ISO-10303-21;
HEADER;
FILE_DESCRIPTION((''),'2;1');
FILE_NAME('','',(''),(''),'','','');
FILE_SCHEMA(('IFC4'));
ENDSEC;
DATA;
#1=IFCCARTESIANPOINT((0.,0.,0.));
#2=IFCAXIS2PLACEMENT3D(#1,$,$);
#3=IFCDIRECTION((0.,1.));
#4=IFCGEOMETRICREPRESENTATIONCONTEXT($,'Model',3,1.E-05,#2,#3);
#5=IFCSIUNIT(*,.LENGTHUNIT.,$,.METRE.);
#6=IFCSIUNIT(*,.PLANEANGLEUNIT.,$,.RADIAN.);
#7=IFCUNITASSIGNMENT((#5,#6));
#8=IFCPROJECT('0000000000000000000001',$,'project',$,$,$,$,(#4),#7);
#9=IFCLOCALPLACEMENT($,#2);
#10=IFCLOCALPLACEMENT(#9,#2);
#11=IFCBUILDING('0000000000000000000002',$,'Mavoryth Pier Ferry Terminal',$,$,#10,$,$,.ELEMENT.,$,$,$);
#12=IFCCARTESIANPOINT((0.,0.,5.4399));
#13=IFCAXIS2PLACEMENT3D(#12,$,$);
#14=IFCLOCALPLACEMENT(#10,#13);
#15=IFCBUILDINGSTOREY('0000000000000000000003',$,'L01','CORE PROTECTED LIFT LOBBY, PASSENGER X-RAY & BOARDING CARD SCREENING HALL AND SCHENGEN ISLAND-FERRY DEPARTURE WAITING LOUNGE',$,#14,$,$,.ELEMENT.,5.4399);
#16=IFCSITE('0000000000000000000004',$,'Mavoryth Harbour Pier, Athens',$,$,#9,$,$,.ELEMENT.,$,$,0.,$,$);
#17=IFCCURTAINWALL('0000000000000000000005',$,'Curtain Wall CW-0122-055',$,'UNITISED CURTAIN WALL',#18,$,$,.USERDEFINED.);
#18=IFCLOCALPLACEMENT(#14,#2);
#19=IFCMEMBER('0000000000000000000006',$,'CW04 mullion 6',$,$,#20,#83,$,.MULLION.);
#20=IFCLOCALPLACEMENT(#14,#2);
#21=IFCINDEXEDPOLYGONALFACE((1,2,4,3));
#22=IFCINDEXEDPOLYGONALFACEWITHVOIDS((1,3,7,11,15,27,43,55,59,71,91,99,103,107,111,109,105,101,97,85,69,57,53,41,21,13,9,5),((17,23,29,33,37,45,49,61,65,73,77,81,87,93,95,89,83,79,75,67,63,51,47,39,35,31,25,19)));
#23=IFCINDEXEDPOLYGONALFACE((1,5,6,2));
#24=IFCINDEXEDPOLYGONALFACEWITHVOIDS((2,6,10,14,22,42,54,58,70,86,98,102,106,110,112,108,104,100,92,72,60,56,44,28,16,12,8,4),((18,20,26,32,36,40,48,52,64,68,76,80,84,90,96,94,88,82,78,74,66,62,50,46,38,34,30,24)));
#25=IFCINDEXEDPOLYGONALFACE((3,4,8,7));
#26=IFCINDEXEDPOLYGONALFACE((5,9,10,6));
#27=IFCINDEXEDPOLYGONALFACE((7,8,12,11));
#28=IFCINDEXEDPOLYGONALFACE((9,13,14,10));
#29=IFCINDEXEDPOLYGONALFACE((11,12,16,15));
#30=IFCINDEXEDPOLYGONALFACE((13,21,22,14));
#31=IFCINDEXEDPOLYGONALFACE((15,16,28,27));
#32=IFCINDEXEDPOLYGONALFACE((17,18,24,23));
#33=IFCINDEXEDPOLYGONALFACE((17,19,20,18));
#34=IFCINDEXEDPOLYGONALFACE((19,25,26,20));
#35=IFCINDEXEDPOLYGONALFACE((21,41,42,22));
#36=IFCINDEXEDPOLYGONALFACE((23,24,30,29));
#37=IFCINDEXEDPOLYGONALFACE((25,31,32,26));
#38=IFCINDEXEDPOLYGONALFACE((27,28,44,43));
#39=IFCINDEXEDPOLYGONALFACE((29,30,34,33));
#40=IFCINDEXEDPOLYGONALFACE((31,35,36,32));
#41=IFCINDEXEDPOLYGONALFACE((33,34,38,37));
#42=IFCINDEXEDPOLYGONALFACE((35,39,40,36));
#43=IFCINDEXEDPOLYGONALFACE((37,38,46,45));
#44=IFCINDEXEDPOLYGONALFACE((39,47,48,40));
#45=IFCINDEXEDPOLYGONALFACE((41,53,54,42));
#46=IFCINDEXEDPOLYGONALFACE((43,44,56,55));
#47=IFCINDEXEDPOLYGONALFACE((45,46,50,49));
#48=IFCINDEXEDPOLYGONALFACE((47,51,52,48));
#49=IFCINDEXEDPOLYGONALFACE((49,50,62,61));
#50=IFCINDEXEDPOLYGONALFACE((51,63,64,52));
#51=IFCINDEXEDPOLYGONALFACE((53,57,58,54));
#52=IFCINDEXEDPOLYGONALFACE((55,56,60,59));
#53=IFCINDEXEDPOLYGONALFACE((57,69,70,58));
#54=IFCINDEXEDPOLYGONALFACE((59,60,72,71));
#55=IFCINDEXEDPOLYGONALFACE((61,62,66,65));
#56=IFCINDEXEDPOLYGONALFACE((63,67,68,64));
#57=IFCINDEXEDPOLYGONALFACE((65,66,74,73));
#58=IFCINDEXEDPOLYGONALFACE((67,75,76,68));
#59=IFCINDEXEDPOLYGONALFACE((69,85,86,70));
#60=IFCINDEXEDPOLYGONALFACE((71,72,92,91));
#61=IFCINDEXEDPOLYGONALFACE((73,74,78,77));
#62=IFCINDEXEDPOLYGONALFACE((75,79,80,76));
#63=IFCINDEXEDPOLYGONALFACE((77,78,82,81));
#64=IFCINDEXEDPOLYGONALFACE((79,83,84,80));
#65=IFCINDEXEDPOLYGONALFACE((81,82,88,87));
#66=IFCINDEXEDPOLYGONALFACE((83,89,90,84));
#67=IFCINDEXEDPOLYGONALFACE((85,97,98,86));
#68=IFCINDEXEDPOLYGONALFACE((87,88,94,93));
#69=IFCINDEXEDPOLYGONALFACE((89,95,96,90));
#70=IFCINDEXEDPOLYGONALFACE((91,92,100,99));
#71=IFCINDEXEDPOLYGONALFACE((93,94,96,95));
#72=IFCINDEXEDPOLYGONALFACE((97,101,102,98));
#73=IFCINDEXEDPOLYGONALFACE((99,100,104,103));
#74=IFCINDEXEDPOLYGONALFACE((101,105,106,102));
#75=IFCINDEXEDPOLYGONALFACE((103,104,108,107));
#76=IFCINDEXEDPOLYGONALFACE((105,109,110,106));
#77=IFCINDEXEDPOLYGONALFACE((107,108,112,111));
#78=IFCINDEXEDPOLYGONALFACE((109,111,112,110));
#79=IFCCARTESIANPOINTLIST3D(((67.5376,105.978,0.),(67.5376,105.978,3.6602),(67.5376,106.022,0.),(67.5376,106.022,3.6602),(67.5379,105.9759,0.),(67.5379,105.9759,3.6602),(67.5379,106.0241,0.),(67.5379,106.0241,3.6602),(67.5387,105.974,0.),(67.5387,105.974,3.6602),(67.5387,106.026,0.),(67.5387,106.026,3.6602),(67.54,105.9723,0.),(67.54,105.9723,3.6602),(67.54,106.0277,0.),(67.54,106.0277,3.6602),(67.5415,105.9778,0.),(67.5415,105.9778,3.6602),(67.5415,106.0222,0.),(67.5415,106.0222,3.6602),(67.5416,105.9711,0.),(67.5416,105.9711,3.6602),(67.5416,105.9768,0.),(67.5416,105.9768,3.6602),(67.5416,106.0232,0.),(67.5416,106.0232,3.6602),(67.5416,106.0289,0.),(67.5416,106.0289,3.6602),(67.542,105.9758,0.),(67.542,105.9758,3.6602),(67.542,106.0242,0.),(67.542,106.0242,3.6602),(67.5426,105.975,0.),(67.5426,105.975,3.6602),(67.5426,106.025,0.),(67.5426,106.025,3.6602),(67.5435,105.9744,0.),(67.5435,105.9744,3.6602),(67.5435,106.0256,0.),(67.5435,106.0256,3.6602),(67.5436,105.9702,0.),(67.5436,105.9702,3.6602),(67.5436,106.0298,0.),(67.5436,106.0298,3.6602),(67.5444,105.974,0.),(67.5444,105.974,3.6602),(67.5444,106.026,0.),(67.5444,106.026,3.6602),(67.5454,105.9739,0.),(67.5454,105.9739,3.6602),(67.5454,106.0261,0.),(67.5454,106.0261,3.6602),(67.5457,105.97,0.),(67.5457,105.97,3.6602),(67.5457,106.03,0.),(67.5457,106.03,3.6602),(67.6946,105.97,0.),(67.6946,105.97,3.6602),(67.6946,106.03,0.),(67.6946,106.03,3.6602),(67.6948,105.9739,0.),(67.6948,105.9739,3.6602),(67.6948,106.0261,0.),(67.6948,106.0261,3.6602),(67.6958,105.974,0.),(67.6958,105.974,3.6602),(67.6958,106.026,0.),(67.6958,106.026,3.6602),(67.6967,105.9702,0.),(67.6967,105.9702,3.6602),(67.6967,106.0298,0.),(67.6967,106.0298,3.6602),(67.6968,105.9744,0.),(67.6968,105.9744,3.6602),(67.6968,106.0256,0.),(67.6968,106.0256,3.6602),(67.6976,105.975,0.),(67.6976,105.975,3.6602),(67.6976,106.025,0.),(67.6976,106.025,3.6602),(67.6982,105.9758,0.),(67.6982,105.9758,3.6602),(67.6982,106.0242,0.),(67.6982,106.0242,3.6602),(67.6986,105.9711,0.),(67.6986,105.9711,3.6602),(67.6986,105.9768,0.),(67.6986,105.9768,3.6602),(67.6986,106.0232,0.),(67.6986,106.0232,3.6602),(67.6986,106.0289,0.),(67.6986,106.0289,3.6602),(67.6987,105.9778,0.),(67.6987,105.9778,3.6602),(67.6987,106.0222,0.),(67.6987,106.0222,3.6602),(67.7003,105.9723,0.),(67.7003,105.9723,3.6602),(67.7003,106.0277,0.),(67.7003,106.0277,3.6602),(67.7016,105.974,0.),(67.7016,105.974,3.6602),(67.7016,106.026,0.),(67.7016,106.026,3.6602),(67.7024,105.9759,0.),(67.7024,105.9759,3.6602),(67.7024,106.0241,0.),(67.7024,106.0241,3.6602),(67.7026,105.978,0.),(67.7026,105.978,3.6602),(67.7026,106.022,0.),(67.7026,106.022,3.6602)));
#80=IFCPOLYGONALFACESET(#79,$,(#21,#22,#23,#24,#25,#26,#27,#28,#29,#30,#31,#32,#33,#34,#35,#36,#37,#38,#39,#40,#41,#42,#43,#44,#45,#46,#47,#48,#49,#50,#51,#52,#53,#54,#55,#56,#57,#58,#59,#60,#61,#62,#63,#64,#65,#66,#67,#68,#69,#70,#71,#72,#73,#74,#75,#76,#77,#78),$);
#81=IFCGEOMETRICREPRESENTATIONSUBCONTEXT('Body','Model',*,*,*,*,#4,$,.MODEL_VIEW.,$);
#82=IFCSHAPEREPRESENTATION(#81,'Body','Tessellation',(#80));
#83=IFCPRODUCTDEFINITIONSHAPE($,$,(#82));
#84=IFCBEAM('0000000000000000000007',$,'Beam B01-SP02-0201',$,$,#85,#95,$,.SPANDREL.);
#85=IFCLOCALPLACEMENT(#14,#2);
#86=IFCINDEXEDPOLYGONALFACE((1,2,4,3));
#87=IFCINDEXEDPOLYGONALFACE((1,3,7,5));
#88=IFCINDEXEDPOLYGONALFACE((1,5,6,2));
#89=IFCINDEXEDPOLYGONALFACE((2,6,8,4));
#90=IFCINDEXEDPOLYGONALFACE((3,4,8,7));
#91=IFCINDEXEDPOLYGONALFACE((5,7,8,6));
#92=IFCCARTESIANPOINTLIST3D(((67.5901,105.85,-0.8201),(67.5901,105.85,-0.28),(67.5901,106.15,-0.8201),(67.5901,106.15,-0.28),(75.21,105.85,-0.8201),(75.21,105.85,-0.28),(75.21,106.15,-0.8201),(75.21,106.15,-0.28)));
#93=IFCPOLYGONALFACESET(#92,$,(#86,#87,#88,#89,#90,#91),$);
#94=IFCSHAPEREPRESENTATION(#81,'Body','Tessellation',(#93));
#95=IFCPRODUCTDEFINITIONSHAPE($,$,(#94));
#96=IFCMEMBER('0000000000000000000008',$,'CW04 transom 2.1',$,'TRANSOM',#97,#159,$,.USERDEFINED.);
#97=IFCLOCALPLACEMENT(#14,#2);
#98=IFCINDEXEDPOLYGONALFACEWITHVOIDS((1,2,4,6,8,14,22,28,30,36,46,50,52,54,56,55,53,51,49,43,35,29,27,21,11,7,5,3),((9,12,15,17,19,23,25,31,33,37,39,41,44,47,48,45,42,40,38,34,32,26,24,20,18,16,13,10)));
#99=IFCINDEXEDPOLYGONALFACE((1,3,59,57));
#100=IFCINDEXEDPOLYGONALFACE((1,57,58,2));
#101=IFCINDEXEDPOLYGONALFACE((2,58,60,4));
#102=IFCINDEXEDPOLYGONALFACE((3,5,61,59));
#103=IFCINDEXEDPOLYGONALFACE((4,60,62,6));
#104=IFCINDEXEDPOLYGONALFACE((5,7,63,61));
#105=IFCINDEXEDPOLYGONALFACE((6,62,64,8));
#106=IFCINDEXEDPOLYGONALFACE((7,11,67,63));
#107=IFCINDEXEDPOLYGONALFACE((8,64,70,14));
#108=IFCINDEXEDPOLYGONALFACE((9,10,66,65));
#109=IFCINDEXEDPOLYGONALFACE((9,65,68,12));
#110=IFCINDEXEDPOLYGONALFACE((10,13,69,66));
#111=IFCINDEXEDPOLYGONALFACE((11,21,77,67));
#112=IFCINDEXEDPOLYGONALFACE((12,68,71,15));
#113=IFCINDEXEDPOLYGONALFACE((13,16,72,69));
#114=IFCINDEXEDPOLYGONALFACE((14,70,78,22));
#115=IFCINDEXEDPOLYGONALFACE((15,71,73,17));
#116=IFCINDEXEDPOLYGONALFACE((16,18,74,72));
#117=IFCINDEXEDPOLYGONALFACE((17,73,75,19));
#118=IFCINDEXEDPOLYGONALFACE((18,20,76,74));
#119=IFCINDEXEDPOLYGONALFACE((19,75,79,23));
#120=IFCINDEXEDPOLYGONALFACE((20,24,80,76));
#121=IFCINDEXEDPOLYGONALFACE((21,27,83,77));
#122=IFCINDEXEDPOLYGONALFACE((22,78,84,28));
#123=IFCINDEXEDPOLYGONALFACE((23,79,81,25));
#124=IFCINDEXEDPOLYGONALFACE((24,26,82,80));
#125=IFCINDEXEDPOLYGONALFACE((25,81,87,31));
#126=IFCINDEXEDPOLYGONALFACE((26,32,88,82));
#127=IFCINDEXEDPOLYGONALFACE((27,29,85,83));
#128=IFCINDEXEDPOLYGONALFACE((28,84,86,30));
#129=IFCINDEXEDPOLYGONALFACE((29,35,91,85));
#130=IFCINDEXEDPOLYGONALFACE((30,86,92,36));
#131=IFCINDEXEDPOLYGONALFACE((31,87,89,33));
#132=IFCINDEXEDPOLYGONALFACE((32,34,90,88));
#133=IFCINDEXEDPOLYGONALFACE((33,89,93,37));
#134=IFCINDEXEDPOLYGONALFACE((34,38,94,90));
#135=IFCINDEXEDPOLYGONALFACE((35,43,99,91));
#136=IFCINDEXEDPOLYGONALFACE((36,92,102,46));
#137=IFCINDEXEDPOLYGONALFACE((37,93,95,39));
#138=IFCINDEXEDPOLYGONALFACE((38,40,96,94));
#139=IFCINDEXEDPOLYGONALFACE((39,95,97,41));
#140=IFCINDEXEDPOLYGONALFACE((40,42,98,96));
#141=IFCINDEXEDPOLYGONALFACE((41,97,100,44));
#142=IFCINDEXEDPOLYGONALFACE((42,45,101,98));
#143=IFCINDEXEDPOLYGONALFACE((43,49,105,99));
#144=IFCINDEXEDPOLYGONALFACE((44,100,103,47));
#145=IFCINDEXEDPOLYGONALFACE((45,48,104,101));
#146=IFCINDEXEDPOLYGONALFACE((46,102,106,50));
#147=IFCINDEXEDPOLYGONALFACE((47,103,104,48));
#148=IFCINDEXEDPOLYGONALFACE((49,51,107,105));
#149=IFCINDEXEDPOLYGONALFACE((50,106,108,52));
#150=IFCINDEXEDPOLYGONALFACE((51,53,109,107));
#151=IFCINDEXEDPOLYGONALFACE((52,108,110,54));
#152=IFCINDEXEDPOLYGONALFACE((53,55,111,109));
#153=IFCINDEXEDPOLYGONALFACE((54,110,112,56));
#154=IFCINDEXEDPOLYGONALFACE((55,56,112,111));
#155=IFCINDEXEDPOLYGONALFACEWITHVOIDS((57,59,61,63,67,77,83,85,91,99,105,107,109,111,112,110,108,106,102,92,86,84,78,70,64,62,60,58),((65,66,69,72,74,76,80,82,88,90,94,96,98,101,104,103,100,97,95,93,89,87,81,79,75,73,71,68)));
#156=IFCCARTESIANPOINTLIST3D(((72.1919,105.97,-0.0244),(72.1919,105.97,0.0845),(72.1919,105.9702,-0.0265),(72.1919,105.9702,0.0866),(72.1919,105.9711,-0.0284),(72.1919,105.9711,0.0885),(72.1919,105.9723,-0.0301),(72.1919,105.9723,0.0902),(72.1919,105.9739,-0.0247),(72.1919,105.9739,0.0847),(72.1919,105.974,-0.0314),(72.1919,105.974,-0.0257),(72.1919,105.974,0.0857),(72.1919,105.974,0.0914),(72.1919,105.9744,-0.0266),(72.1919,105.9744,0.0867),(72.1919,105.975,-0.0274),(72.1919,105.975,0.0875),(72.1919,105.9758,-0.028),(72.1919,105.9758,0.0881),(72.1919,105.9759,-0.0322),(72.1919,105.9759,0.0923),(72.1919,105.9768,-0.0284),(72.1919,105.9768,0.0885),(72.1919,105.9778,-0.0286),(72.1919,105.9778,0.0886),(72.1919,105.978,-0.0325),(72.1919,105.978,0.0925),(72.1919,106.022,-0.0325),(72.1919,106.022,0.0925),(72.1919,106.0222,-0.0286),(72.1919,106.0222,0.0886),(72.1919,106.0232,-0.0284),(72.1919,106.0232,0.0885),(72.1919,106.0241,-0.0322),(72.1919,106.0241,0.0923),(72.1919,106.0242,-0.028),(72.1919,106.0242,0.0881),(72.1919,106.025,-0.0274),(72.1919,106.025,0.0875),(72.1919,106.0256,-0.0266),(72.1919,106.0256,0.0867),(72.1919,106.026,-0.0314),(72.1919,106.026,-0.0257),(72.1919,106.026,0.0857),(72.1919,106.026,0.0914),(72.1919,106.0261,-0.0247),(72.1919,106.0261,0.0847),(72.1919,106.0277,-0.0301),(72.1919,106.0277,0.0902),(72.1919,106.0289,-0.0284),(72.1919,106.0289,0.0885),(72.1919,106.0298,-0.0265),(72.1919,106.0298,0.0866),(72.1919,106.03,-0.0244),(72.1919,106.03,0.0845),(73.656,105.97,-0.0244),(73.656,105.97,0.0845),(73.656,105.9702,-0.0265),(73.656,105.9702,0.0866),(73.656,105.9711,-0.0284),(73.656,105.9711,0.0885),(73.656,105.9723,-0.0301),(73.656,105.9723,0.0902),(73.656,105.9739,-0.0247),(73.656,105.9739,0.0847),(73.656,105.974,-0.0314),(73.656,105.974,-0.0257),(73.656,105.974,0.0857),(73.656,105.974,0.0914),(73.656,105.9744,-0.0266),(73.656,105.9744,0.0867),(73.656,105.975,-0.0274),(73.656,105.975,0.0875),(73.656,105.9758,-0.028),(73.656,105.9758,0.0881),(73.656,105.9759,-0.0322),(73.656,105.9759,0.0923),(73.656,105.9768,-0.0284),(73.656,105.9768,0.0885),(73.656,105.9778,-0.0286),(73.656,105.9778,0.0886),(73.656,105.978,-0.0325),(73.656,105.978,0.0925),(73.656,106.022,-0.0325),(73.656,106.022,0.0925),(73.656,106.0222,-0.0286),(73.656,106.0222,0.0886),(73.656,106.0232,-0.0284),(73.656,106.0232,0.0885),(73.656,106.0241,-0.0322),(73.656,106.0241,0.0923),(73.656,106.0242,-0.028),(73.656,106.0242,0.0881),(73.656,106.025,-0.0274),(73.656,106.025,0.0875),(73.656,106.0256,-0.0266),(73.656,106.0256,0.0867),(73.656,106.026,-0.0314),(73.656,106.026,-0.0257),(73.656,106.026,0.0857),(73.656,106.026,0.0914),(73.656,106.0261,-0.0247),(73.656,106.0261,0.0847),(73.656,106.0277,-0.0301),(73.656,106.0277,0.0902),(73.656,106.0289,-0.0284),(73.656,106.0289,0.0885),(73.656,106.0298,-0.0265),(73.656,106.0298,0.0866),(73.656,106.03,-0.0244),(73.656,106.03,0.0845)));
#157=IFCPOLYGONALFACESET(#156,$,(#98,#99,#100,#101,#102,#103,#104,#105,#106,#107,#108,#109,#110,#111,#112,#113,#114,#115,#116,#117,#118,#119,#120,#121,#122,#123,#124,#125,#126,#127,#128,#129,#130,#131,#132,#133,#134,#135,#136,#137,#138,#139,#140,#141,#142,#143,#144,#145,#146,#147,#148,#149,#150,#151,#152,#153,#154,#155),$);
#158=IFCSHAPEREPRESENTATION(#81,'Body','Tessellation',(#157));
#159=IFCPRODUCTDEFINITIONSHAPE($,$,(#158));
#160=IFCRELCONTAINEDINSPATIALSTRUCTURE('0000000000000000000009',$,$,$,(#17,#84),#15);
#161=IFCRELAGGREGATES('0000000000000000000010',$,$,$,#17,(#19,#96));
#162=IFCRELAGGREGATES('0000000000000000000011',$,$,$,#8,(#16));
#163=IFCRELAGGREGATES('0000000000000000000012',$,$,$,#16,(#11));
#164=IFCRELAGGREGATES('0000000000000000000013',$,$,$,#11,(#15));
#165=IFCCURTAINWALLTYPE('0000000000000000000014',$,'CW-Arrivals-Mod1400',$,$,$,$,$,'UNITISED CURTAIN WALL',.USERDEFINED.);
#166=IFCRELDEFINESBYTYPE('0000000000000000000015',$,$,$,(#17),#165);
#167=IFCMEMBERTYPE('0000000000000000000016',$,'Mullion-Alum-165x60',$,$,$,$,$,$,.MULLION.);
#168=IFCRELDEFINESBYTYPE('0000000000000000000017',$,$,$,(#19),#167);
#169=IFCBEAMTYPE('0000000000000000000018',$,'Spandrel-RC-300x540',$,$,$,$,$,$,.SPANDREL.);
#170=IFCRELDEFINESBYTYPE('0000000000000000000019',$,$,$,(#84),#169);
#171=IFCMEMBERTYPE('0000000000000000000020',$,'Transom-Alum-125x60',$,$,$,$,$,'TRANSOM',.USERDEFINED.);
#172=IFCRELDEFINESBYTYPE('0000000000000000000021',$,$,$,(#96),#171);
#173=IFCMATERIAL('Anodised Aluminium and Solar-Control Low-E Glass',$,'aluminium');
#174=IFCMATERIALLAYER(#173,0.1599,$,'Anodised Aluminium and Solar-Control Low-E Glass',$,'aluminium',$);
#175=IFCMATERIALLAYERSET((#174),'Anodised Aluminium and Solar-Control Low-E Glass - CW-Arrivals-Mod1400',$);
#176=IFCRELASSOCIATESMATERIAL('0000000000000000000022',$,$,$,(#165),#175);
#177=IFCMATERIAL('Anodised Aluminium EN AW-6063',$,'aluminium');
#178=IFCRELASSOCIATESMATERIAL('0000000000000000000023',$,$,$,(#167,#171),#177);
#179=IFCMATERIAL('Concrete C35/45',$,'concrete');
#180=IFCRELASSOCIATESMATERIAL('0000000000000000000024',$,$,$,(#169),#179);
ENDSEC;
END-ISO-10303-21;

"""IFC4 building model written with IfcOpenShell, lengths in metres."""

from ifc_helpers import new_model, si_unit, direction, frame, origin, origin_2d, place, context, subcontext, project, spatial, rectangle, hollow_rectangle, extrude, material, layer, layer_set, material_profile, profile_set, type_object, element, aggregate, save


model = new_model("IFC4")

# Units and contexts
model_context = context("Model", 3, precision=1e-05, world=origin(), true_north=direction((0.0, 1.0)))
body_context = subcontext(model_context, "Body", "Model", "MODEL_VIEW")
ifc_project = project(units=[si_unit("LENGTHUNIT", "METRE"), si_unit("PLANEANGLEUNIT", "RADIAN")], contexts=[model_context])

# Site, building, storey
site_placement = place(None, origin())
site = spatial("IfcSite", under=ifc_project, at=site_placement, Name="Mavoryth Harbour Pier, Athens", CompositionType="ELEMENT", RefElevation=0.0)
building_placement = place(site_placement, origin())
building = spatial("IfcBuilding", under=site, at=building_placement, Name="Mavoryth Pier Ferry Terminal", CompositionType="ELEMENT")
storey_placement = place(building_placement, frame((0.0, 0.0, 5.4399)))
storey = spatial("IfcBuildingStorey", under=building, at=storey_placement, Name="L01", Description="CORE PROTECTED LIFT LOBBY, PASSENGER X-RAY & BOARDING CARD SCREENING HALL AND SCHENGEN ISLAND-FERRY DEPARTURE WAITING LOUNGE", CompositionType="ELEMENT", Elevation=5.4399)

# Curtain wall, member
ifc_material_1 = material(Name="Anodised Aluminium and Solar-Control Low-E Glass", Category="aluminium")
ifc_layer_1 = layer(ifc_material_1, 0.1599, Name="Anodised Aluminium and Solar-Control Low-E Glass", Category="aluminium")
ifc_layer_set_1 = layer_set([ifc_layer_1], Name="Anodised Aluminium and Solar-Control Low-E Glass - CW-Arrivals-Mod1400")
curtain_wall_type = type_object("IfcCurtainWallType", Name="CW-Arrivals-Mod1400", ElementType="UNITISED CURTAIN WALL", PredefinedType="USERDEFINED", material=ifc_layer_set_1)
curtain_wall_placement = place(storey_placement, origin())
curtain_wall = element("IfcCurtainWall", 1, at=curtain_wall_placement, inside=storey, type_object=curtain_wall_type, Name="Curtain Wall CW-0122-055", ObjectType="UNITISED CURTAIN WALL", PredefinedType="USERDEFINED")
ifc_material_2 = material(Name="Anodised Aluminium EN AW-6063", Category="aluminium")
ifc_material_profile_1 = material_profile(ifc_material_2, hollow_rectangle(XDim=0.0601, YDim=0.165, WallThickness=0.0039, InnerFilletRadius=0.0039, OuterFilletRadius=0.0081, at=origin_2d()), Name="AL-MULL 165x60x4", Category="aluminium")
ifc_profile_set_1 = profile_set([ifc_material_profile_1], Name="Anodised Aluminium EN AW-6063 - AL-MULL 165x60x4")
member_type_1 = type_object("IfcMemberType", Name="Mullion-Alum-165x60", PredefinedType="MULLION", material=ifc_profile_set_1)
member_1_placement = place(storey_placement, frame((67.6201, 106.0, 0.0), z_axis=(0.0, 0.0, 1.0), x_axis=(0.0, -1.0, 0.0)))
member_1 = element("IfcMember", 2, at=member_1_placement, type_object=member_type_1, Name="CW04 mullion 6", PredefinedType="MULLION", context=body_context, shape_type="SweptSolid", body=[
    extrude(hollow_rectangle(XDim=0.0601, YDim=0.165, WallThickness=0.0039, InnerFilletRadius=0.0039, OuterFilletRadius=0.0081, at=origin_2d()), origin(), (0.0, 0.0, 1.0), 3.6602),
])

# Beam
ifc_material_3 = material(Name="Concrete C35/45", Category="concrete")
ifc_material_profile_2 = material_profile(ifc_material_3, rectangle(XDim=0.3, YDim=0.54, at=origin_2d()), Name="RC 300x540", Category="concrete")
ifc_profile_set_2 = profile_set([ifc_material_profile_2], Name="Concrete C35/45 - RC 300x540")
beam_type_1 = type_object("IfcBeamType", Name="Spandrel-RC-300x540", PredefinedType="SPANDREL", material=ifc_profile_set_2)
beam_placement = place(storey_placement, frame((67.5901, 106.0, -0.55), z_axis=(1.0, 0.0, 0.0), x_axis=(0.0, 1.0, 0.0)))
element("IfcBeam", 3, at=beam_placement, inside=storey, type_object=beam_type_1, Name="Beam B01-SP02-0201", PredefinedType="SPANDREL", context=body_context, shape_type="SweptSolid", body=[
    extrude(rectangle(XDim=0.3, YDim=0.54, at=origin_2d()), origin(), (0.0, 0.0, 1.0), 7.6199),
])

# Member
ifc_material_profile_3 = material_profile(ifc_material_2, hollow_rectangle(XDim=0.0601, YDim=0.125, WallThickness=0.0039, InnerFilletRadius=0.0039, OuterFilletRadius=0.0081, at=origin_2d()), Name="AL-TRAN 125x60x4", Category="aluminium")
ifc_profile_set_3 = profile_set([ifc_material_profile_3], Name="Anodised Aluminium EN AW-6063 - AL-TRAN 125x60x4")
member_type_2 = type_object("IfcMemberType", Name="Transom-Alum-125x60", ElementType="TRANSOM", PredefinedType="USERDEFINED", material=ifc_profile_set_3)
member_2_placement = place(storey_placement, frame((73.656, 106.0, 0.03), z_axis=(-1.0, 0.0, 0.0), x_axis=(0.0, -1.0, 0.0)))
member_2 = element("IfcMember", 4, at=member_2_placement, type_object=member_type_2, Name="CW04 transom 2.1", ObjectType="TRANSOM", PredefinedType="USERDEFINED", context=body_context, shape_type="SweptSolid", body=[
    extrude(hollow_rectangle(XDim=0.0601, YDim=0.125, WallThickness=0.0039, InnerFilletRadius=0.0039, OuterFilletRadius=0.0081, at=origin_2d()), origin(), (0.0, 0.0, 1.0), 1.4641),
])

aggregate(curtain_wall, [member_1, member_2])

save(model, "model.ifc")
